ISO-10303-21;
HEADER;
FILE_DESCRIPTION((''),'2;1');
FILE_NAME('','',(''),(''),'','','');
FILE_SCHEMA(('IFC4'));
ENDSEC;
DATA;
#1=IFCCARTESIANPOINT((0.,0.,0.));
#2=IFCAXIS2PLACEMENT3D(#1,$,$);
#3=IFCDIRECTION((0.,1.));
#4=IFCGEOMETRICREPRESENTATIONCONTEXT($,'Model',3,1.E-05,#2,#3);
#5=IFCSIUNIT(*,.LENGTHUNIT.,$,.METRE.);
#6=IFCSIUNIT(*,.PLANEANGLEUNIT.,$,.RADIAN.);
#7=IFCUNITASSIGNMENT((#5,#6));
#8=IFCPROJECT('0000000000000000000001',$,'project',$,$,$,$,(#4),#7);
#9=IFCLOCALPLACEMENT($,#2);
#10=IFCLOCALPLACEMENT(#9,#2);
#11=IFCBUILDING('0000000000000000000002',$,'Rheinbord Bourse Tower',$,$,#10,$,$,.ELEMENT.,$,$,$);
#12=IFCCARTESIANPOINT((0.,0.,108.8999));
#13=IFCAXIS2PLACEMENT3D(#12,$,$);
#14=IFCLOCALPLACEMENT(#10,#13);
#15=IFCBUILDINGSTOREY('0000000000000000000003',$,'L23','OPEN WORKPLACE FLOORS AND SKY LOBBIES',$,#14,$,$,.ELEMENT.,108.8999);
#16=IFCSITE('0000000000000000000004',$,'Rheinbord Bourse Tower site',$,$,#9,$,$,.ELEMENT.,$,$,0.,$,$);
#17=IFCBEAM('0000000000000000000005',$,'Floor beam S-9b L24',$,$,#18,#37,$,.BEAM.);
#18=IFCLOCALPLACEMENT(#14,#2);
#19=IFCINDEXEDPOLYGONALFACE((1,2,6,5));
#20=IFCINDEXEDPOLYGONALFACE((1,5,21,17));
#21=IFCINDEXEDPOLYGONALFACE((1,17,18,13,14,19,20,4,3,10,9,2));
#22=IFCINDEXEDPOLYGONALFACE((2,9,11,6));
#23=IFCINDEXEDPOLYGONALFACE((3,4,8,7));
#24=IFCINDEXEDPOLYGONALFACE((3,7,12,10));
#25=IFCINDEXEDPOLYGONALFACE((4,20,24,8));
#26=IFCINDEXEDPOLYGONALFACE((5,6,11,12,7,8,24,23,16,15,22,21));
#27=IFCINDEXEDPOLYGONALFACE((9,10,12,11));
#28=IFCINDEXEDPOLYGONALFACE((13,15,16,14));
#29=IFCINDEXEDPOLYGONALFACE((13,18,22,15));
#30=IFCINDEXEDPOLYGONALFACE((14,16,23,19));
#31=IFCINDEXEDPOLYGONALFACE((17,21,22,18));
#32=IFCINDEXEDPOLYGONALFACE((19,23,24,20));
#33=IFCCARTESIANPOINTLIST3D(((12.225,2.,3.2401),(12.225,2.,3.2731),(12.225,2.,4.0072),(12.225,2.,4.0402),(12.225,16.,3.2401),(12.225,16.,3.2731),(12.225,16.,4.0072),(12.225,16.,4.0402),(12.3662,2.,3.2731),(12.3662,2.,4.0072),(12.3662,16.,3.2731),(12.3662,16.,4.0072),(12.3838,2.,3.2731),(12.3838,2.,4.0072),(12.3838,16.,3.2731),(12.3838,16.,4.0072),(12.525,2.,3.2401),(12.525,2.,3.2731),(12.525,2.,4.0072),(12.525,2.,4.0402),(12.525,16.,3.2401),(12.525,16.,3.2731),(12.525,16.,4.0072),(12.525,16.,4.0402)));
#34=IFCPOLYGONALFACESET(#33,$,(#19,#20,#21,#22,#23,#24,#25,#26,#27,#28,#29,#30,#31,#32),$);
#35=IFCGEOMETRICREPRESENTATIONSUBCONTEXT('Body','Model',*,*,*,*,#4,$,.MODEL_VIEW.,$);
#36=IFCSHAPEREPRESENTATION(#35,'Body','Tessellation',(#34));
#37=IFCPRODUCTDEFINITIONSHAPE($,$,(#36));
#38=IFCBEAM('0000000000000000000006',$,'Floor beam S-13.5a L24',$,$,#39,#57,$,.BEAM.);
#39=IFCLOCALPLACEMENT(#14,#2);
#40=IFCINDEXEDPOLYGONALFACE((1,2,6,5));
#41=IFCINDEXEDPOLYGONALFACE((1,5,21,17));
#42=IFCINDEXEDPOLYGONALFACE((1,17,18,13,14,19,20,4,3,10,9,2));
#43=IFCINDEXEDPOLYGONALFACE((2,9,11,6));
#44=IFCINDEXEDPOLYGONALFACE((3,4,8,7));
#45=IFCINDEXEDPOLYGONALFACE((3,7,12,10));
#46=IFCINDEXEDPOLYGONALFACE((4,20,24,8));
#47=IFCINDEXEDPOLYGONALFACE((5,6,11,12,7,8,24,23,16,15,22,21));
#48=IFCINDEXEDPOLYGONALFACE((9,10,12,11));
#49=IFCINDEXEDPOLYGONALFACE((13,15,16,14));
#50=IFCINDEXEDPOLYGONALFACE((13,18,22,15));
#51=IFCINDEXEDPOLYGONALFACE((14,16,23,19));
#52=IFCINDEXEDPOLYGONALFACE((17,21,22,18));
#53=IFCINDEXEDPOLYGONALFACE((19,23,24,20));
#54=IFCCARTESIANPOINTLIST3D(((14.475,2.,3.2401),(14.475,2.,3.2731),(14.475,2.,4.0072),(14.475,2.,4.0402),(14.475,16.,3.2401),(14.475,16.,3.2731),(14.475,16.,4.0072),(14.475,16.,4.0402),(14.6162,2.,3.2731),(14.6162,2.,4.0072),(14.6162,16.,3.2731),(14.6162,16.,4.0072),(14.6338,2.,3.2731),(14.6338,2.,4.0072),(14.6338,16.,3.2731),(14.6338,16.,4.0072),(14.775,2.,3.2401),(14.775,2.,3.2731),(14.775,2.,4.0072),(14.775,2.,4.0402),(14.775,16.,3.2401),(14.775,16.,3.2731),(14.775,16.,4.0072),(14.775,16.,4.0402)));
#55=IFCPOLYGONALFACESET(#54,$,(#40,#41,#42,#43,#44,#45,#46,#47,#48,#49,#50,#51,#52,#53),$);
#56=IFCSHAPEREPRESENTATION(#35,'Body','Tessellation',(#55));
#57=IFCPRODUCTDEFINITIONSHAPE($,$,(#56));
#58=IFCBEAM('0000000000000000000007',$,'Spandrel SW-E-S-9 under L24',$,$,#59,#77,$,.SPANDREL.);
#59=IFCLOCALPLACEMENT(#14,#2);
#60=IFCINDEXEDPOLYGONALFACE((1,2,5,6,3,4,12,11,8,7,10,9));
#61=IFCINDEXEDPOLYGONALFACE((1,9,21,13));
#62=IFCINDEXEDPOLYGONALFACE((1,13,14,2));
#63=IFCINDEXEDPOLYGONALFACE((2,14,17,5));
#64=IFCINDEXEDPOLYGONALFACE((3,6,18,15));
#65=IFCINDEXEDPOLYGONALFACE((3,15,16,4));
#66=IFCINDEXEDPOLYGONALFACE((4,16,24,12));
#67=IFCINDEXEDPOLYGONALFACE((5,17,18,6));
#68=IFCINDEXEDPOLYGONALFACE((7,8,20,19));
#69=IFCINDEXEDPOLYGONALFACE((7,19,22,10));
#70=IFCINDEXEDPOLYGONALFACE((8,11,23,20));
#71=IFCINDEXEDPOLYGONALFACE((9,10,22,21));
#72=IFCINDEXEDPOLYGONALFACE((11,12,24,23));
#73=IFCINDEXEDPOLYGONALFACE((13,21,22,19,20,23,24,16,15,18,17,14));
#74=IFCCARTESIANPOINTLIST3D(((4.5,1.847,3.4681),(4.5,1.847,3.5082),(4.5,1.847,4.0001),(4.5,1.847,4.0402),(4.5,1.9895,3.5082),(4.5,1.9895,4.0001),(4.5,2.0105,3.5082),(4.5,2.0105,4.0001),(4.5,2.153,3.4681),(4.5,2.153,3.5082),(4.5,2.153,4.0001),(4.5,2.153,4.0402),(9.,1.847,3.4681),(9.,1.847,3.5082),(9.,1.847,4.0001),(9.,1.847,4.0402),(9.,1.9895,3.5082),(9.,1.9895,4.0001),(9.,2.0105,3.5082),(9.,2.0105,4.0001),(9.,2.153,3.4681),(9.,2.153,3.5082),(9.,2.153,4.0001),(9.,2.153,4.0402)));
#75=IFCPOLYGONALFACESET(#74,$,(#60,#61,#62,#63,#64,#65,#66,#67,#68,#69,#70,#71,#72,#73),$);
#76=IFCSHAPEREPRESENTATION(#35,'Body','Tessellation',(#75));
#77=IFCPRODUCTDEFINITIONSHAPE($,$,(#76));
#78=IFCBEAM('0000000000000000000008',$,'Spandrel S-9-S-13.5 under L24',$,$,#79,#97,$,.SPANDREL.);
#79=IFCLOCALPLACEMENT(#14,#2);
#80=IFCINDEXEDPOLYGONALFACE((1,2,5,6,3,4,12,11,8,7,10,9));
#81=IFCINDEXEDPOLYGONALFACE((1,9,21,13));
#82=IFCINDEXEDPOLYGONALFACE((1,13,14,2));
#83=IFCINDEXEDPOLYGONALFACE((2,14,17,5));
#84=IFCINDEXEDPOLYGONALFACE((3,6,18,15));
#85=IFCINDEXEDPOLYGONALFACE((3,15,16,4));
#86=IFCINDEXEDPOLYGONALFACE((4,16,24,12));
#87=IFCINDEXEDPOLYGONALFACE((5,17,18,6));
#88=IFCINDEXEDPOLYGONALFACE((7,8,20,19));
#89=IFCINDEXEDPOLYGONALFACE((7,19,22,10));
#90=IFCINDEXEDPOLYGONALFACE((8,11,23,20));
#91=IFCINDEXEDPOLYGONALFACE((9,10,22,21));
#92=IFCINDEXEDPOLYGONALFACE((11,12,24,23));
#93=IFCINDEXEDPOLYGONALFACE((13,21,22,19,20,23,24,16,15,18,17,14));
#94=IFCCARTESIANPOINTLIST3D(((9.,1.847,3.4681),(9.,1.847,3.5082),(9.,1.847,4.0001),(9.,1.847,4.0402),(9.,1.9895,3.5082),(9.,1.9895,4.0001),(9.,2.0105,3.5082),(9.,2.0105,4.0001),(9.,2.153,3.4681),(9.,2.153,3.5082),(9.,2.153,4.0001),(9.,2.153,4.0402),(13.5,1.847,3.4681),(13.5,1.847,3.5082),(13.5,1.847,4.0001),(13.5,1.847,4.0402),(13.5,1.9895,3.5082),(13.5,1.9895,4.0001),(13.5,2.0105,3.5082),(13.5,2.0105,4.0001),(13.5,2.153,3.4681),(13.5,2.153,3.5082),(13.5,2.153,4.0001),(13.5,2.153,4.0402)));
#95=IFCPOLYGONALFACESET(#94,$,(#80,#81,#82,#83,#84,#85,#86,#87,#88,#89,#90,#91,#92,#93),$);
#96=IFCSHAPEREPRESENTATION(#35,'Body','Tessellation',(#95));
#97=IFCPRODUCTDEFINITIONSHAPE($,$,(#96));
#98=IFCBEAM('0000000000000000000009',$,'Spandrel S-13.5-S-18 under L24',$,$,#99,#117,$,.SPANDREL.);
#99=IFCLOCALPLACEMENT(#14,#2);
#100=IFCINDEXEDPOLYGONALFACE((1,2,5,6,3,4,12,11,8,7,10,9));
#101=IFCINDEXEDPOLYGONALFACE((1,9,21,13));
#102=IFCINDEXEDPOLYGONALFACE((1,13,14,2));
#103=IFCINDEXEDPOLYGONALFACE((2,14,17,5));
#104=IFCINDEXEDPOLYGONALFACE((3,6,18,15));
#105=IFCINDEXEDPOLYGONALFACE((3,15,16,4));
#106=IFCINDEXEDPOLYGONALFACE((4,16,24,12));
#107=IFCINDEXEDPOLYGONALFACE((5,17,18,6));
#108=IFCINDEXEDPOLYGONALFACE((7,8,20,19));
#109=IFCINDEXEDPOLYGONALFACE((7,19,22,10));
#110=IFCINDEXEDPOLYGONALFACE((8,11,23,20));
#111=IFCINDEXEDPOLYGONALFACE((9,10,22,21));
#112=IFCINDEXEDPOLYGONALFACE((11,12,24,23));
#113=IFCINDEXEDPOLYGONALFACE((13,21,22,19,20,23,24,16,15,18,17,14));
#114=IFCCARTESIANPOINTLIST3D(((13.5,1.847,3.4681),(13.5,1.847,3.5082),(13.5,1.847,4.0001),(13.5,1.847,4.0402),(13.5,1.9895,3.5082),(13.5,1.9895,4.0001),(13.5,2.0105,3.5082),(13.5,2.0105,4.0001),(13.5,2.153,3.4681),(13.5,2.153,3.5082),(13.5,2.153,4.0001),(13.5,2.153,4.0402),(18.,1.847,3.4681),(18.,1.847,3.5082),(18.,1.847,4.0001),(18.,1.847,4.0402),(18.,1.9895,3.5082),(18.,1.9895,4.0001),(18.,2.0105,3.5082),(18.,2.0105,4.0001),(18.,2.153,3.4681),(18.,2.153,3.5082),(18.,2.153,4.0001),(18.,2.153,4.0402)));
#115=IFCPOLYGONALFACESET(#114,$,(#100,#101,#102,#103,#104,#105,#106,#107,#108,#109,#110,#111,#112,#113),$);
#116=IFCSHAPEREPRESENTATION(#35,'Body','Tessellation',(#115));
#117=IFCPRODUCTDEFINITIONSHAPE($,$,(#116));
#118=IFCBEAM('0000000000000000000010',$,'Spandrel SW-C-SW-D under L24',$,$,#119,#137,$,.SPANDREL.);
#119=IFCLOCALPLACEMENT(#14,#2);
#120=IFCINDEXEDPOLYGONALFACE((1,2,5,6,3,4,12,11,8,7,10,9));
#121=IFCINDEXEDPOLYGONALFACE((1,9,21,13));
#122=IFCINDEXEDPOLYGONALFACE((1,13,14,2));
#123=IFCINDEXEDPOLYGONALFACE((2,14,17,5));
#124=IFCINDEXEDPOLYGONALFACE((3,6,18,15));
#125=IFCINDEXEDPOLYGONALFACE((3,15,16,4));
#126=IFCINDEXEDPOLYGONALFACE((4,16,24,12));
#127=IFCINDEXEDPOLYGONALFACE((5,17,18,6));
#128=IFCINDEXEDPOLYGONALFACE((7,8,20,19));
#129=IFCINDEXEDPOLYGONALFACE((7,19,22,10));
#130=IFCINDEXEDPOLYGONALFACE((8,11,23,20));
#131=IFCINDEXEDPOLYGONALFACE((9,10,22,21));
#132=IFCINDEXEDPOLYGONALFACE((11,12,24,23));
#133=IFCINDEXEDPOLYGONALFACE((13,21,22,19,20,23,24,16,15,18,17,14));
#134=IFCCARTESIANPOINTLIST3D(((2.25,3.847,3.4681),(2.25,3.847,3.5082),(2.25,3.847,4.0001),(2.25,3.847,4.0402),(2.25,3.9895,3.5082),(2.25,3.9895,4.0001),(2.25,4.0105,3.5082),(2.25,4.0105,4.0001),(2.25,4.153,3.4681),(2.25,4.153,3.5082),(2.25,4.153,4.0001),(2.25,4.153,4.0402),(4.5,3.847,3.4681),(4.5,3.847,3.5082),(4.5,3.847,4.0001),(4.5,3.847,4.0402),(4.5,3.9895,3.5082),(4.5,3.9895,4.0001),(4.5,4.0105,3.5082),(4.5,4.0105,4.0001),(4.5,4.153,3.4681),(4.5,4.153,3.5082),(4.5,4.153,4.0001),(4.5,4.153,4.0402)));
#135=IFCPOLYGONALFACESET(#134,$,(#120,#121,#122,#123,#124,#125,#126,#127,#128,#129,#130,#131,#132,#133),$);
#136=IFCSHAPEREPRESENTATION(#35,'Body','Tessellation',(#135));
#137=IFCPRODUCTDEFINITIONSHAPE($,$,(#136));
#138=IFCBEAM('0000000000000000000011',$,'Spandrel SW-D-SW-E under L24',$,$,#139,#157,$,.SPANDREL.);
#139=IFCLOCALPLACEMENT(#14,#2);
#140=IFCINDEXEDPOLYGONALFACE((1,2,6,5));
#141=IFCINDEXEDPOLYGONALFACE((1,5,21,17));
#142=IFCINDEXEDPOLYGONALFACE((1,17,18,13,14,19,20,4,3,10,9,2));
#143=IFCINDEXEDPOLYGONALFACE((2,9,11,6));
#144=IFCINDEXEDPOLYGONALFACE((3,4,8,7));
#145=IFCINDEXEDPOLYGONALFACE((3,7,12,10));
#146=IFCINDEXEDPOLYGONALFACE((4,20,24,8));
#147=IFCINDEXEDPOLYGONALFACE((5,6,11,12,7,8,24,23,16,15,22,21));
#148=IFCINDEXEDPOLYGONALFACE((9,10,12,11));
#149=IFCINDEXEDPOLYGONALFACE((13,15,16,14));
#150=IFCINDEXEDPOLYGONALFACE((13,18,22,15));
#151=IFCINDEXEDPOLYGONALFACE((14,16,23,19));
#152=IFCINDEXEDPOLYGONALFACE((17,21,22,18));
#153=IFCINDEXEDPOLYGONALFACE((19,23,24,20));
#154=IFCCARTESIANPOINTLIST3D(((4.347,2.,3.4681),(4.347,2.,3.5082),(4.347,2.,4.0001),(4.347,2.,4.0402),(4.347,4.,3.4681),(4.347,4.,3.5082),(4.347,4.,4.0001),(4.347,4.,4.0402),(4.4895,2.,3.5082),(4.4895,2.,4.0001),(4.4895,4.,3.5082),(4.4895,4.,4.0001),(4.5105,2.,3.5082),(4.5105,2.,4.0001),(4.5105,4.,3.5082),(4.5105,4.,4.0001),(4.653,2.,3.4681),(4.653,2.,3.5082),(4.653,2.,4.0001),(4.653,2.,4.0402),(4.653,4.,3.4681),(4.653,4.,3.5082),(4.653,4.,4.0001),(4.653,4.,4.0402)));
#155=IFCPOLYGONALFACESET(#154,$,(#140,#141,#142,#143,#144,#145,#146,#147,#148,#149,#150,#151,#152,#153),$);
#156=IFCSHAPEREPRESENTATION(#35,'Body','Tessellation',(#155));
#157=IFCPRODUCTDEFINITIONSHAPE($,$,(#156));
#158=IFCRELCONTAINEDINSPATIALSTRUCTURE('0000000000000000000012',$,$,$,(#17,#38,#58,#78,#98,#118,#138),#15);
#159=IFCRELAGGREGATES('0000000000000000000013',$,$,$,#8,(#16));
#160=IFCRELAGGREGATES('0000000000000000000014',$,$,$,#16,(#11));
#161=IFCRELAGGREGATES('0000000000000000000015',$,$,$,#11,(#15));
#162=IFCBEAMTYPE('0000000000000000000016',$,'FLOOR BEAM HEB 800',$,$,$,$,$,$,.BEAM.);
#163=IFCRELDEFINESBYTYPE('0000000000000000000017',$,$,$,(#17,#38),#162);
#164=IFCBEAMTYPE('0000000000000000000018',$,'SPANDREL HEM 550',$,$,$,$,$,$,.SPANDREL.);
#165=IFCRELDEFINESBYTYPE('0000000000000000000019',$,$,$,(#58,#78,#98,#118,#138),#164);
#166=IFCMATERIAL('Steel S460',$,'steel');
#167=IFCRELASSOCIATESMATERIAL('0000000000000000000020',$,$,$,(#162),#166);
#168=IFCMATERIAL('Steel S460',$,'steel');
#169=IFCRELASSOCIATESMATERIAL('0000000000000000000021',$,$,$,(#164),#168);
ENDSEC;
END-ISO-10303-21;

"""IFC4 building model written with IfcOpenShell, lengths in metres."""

from ifc_helpers import new_model, si_unit, direction, frame, origin, origin_2d, place, context, subcontext, project, spatial, i_section, extrude, material, material_profile, profile_set, type_object, element, save


model = new_model("IFC4")

# Units and contexts
model_context = context("Model", 3, precision=1e-05, world=origin(), true_north=direction((0.0, 1.0)))
body_context = subcontext(model_context, "Body", "Model", "MODEL_VIEW")
ifc_project = project(units=[si_unit("LENGTHUNIT", "METRE"), si_unit("PLANEANGLEUNIT", "RADIAN")], contexts=[model_context])

# Site, building, storey
site_placement = place(None, origin())
site = spatial("IfcSite", under=ifc_project, at=site_placement, Name="Rheinbord Bourse Tower site", CompositionType="ELEMENT", RefElevation=0.0)
building_placement = place(site_placement, origin())
building = spatial("IfcBuilding", under=site, at=building_placement, Name="Rheinbord Bourse Tower", CompositionType="ELEMENT")
storey_placement = place(building_placement, frame((0.0, 0.0, 108.8999)))
storey = spatial("IfcBuildingStorey", under=building, at=storey_placement, Name="L23", Description="OPEN WORKPLACE FLOORS AND SKY LOBBIES", CompositionType="ELEMENT", Elevation=108.8999)

# Beams
ifc_material_1 = material(Name="Steel S460", Category="steel")
ifc_material_profile_1 = material_profile(ifc_material_1, i_section(OverallWidth=0.3, OverallDepth=0.8, WebThickness=0.0176, FlangeThickness=0.033, at=origin_2d()), Name="HEB 800")
ifc_profile_set_1 = profile_set([ifc_material_profile_1], Name="Steel S460")
beam_type_1 = type_object("IfcBeamType", Name="FLOOR BEAM HEB 800", PredefinedType="BEAM", material=ifc_profile_set_1)
for number, where, z_axis, x_axis, name in (
    (1, (12.375, 2.0, 3.6401), (0.0, 1.0, 0.0), (-1.0, 0.0, 0.0), "Floor beam S-9b L24"),
    (2, (14.625, 2.0, 3.6401), (0.0, 1.0, 0.0), (-1.0, 0.0, 0.0), "Floor beam S-13.5a L24"),
):
    element("IfcBeam", number, at=place(storey_placement, frame(where, z_axis=z_axis, x_axis=x_axis)), inside=storey, type_object=beam_type_1, Name=name, PredefinedType="BEAM", context=body_context, shape_type="SweptSolid", body=[
        extrude(i_section(OverallWidth=0.3, OverallDepth=0.8, WebThickness=0.0176, FlangeThickness=0.033, at=origin_2d()), origin(), (0.0, 0.0, 1.0), 14.0),
    ])
ifc_material_2 = material(Name="Steel S460", Category="steel")
ifc_material_profile_2 = material_profile(ifc_material_2, i_section(OverallWidth=0.3059, OverallDepth=0.572, WebThickness=0.021, FlangeThickness=0.04, at=origin_2d()), Name="HEM 550")
ifc_profile_set_2 = profile_set([ifc_material_profile_2], Name="Steel S460")
beam_type_2 = type_object("IfcBeamType", Name="SPANDREL HEM 550", PredefinedType="SPANDREL", material=ifc_profile_set_2)
for number, where, z_axis, x_axis, name in (
    (3, (4.5, 2.0, 3.7542), (1.0, 0.0, 0.0), (0.0, 1.0, 0.0), "Spandrel SW-E-S-9 under L24"),
    (4, (9.0, 2.0, 3.7542), (1.0, 0.0, 0.0), (0.0, 1.0, 0.0), "Spandrel S-9-S-13.5 under L24"),
    (5, (13.5, 2.0, 3.7542), (1.0, 0.0, 0.0), (0.0, 1.0, 0.0), "Spandrel S-13.5-S-18 under L24"),
):
    element("IfcBeam", number, at=place(storey_placement, frame(where, z_axis=z_axis, x_axis=x_axis)), inside=storey, type_object=beam_type_2, Name=name, PredefinedType="SPANDREL", context=body_context, shape_type="SweptSolid", body=[
        extrude(i_section(OverallWidth=0.3059, OverallDepth=0.572, WebThickness=0.021, FlangeThickness=0.04, at=origin_2d()), origin(), (0.0, 0.0, 1.0), 4.5),
    ])
beam_1_placement = place(storey_placement, frame((2.25, 4.0, 3.7542), z_axis=(1.0, 0.0, 0.0), x_axis=(0.0, 1.0, 0.0)))
element("IfcBeam", 6, at=beam_1_placement, inside=storey, type_object=beam_type_2, Name="Spandrel SW-C-SW-D under L24", PredefinedType="SPANDREL", context=body_context, shape_type="SweptSolid", body=[
    extrude(i_section(OverallWidth=0.3059, OverallDepth=0.572, WebThickness=0.021, FlangeThickness=0.04, at=origin_2d()), origin(), (0.0, 0.0, 1.0), 2.25),
])
beam_2_placement = place(storey_placement, frame((4.5, 4.0, 3.7542), z_axis=(0.0, -1.0, 0.0), x_axis=(1.0, 0.0, 0.0)))
element("IfcBeam", 7, at=beam_2_placement, inside=storey, type_object=beam_type_2, Name="Spandrel SW-D-SW-E under L24", PredefinedType="SPANDREL", context=body_context, shape_type="SweptSolid", body=[
    extrude(i_section(OverallWidth=0.3059, OverallDepth=0.572, WebThickness=0.021, FlangeThickness=0.04, at=origin_2d()), origin(), (0.0, 0.0, 1.0), 2.0),
])

save(model, "model.ifc")
